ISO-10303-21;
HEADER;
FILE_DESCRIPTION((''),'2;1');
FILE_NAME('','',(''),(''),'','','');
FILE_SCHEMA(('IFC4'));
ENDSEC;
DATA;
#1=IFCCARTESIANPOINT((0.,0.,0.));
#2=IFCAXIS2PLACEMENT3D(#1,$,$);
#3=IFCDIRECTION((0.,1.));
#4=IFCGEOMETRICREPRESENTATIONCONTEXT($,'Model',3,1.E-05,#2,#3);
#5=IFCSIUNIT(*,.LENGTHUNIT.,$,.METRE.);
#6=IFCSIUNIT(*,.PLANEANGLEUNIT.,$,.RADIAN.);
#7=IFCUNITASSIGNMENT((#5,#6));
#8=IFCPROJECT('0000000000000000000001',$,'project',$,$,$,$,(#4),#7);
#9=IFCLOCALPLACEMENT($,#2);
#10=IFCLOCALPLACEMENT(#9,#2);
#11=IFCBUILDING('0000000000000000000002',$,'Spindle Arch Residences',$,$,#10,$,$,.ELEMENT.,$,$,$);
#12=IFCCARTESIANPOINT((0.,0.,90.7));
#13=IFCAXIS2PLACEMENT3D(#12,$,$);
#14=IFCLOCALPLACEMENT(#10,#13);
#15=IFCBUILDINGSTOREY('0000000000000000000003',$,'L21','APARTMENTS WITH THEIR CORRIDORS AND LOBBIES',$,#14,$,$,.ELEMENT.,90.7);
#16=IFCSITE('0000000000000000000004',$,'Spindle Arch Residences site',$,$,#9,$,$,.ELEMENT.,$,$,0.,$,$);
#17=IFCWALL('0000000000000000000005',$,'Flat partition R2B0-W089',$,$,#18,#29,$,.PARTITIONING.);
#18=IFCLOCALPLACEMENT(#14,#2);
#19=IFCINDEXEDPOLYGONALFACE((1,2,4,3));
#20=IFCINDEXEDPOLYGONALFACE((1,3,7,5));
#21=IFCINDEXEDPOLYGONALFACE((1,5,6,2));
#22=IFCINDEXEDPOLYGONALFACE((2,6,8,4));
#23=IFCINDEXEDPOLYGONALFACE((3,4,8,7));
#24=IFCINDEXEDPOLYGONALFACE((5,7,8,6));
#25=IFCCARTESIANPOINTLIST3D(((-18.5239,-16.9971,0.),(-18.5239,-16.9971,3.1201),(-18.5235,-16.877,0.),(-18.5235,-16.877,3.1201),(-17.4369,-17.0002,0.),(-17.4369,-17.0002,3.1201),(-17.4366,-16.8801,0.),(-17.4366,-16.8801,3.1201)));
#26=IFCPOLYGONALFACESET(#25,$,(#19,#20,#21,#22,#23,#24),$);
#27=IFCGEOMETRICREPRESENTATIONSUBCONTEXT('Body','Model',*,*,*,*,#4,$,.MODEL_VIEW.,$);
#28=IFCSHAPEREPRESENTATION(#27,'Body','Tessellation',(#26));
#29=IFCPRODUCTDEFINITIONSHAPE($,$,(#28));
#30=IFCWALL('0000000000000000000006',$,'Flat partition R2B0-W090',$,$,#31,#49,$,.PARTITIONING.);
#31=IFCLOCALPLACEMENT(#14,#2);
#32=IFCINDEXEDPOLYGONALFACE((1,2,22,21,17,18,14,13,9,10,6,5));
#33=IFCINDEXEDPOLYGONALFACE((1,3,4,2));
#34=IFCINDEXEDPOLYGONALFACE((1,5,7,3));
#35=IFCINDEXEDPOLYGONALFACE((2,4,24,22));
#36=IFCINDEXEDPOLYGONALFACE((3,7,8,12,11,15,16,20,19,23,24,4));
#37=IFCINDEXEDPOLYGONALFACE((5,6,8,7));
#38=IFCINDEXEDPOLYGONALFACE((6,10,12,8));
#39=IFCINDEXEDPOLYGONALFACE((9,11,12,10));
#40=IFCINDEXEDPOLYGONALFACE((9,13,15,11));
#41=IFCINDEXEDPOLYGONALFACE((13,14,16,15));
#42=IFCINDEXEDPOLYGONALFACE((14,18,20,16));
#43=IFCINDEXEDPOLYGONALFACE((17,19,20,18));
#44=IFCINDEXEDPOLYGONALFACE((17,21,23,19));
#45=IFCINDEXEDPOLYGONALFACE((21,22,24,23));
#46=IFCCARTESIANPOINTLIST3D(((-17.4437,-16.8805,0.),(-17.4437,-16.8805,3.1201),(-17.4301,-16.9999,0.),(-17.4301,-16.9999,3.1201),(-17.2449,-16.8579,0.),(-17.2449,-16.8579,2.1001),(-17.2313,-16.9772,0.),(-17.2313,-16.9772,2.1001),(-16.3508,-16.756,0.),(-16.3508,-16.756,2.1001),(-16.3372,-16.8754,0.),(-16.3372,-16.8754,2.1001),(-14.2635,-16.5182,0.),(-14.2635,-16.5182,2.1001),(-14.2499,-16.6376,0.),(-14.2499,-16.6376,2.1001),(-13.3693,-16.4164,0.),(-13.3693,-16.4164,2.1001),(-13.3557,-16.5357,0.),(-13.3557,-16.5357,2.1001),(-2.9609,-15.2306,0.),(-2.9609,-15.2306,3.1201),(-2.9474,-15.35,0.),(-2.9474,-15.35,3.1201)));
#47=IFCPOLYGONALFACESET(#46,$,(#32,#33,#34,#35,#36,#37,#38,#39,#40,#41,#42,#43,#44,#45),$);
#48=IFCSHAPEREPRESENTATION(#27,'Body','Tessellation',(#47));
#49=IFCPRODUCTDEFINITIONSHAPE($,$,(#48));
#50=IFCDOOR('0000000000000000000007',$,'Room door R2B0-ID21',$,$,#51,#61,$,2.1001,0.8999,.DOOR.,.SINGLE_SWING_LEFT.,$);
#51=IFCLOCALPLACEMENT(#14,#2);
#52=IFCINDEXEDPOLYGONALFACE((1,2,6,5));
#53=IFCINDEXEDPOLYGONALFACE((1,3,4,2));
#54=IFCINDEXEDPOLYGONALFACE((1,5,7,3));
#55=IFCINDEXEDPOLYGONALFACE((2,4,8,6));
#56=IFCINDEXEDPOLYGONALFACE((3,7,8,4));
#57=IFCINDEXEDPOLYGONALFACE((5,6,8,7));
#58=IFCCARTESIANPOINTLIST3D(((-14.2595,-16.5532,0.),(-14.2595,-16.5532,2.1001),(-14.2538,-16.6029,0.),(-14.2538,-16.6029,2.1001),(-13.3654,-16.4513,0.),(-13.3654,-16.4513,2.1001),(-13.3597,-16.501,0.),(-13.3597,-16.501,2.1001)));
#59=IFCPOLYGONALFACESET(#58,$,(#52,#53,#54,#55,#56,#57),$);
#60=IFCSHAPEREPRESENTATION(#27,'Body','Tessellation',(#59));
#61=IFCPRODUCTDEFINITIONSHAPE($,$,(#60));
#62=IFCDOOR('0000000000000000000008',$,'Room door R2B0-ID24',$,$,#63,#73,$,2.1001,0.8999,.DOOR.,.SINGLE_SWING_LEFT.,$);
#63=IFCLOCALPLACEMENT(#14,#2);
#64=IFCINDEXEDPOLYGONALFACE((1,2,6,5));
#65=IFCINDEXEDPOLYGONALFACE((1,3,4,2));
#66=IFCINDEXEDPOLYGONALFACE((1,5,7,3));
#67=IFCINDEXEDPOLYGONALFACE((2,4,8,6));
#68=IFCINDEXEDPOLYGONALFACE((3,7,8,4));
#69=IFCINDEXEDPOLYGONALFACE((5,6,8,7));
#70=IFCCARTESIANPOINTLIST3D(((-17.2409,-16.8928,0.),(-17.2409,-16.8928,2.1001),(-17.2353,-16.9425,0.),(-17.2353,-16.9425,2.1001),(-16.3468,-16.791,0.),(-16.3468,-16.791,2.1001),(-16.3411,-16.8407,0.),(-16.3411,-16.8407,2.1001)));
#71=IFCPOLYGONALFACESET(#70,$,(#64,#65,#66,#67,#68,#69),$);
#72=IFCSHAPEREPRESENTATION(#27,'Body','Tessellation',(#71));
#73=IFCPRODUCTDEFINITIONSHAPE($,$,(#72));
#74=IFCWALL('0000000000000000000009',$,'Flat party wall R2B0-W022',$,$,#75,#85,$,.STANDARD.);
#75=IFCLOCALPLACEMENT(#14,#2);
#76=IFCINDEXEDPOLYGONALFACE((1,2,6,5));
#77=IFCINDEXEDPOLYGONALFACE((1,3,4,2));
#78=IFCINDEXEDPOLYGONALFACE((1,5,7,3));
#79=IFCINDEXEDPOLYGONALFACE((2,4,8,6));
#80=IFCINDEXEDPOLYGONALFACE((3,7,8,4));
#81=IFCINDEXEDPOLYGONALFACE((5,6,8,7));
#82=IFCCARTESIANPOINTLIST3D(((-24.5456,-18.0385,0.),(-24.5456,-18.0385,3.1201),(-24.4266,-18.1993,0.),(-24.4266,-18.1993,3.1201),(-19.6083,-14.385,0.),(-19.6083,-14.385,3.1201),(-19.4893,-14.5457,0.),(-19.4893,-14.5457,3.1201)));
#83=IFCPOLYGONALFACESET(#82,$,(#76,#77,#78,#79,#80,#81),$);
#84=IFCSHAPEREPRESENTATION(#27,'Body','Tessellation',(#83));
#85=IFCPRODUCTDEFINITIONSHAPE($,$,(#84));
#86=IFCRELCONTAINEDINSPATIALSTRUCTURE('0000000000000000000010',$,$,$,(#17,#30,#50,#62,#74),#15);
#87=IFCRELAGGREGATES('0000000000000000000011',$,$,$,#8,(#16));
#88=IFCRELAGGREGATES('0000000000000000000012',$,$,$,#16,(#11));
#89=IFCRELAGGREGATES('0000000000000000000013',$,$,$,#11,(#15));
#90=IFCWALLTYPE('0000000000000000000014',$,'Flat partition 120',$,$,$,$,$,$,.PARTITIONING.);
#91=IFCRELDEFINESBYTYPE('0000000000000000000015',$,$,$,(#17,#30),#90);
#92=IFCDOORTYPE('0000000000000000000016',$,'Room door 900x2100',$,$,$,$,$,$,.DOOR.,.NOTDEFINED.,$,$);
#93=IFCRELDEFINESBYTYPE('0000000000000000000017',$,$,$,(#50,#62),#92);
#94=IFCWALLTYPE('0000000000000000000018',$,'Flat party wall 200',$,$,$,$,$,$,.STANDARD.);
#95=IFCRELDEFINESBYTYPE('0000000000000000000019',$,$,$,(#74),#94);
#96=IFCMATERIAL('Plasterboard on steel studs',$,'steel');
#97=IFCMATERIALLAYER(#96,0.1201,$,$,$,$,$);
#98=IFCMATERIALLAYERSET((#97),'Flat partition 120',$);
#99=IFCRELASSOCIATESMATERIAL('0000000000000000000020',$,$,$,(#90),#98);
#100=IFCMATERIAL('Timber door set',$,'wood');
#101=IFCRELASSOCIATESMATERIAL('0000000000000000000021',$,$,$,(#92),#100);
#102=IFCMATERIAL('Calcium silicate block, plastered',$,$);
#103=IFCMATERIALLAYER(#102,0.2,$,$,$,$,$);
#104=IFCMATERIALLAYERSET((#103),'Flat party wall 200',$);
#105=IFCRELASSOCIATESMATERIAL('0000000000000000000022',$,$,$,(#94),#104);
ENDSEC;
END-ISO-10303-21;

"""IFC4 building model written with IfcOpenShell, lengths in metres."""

from ifc_helpers import new_model, si_unit, direction, frame, frame_2d, origin, place, context, subcontext, project, spatial, rectangle, extrude, material, layer, layer_set, type_object, element, fill, save


model = new_model("IFC4")

# Units and contexts
model_context = context("Model", 3, precision=1e-05, world=origin(), true_north=direction((0.0, 1.0)))
body_context = subcontext(model_context, "Body", "Model", "MODEL_VIEW")
ifc_project = project(units=[si_unit("LENGTHUNIT", "METRE"), si_unit("PLANEANGLEUNIT", "RADIAN")], contexts=[model_context])

# Site, building, storey
site_placement = place(None, origin())
site = spatial("IfcSite", under=ifc_project, at=site_placement, Name="Spindle Arch Residences site", CompositionType="ELEMENT", RefElevation=0.0)
building_placement = place(site_placement, origin())
building = spatial("IfcBuilding", under=site, at=building_placement, Name="Spindle Arch Residences", CompositionType="ELEMENT")
storey_placement = place(building_placement, frame((0.0, 0.0, 90.7)))
storey = spatial("IfcBuildingStorey", under=building, at=storey_placement, Name="L21", Description="APARTMENTS WITH THEIR CORRIDORS AND LOBBIES", CompositionType="ELEMENT", Elevation=90.7)

# Shared definitions
ifc_material_1 = material(Name="Plasterboard on steel studs", Category="steel")
ifc_layer_1 = layer(ifc_material_1, 0.1201)
ifc_layer_set_1 = layer_set([ifc_layer_1], Name="Flat partition 120")
wall_type_1 = type_object("IfcWallType", Name="Flat partition 120", PredefinedType="PARTITIONING", material=ifc_layer_set_1)

# Shared definitions
ifc_material_2 = material(Name="Timber door set", Category="wood")
door_type = type_object("IfcDoorType", Name="Room door 900x2100", OperationType="NOTDEFINED", PredefinedType="DOOR", material=ifc_material_2)

# Wall
wall_1_placement = place(storey_placement, frame((-18.5237, -16.937, 0.0), z_axis=(0.0, 0.0, 1.0), x_axis=(0.999996, -0.00292, 0.0)))
element("IfcWall", 1, at=wall_1_placement, inside=storey, type_object=wall_type_1, Name="Flat partition R2B0-W089", PredefinedType="PARTITIONING", context=body_context, shape_type="SweptSolid", body=[
    extrude(rectangle(XDim=1.0869, YDim=0.1201, at=frame_2d((0.5435, 0.0))), origin(), (0.0, 0.0, 1.0), 3.1201),
])

# Wall, openings, doors
wall_2_placement = place(storey_placement, frame((-17.4368, -16.9402, 0.0), z_axis=(0.0, 0.0, 1.0), x_axis=(0.993573, 0.11319, 0.0)))
wall_2 = element("IfcWall", 2, at=wall_2_placement, inside=storey, type_object=wall_type_1, Name="Flat partition R2B0-W090", PredefinedType="PARTITIONING", context=body_context, shape_type="SweptSolid", body=[
    extrude(rectangle(XDim=14.5764, YDim=0.1201, at=frame_2d((7.2881, 0.0))), origin(), (0.0, 0.0, 1.0), 3.1201),
])
opening_1_placement = place(wall_2_placement, frame((3.2007, 0.0, 0.0)))
opening_1 = element("IfcOpeningElement", 3, at=opening_1_placement, cuts=wall_2, PredefinedType="OPENING", context=body_context, shape_type="SweptSolid", body=[
    extrude(rectangle(XDim=0.8999, YDim=2.1001, at=frame_2d((0.45, 1.05))), frame((0.0, 0.0701, 0.0), z_axis=(0.0, -1.0, 0.0), x_axis=(1.0, 0.0, 0.0)), (0.0, 0.0, 1.0), 0.1401),
])
opening_2_placement = place(wall_2_placement, frame((0.2, 0.0, 0.0)))
opening_2 = element("IfcOpeningElement", 4, at=opening_2_placement, cuts=wall_2, PredefinedType="OPENING", context=body_context, shape_type="SweptSolid", body=[
    extrude(rectangle(XDim=0.8999, YDim=2.1001, at=frame_2d((0.45, 1.05))), frame((0.0, 0.0701, 0.0), z_axis=(0.0, -1.0, 0.0), x_axis=(1.0, 0.0, 0.0)), (0.0, 0.0, 1.0), 0.1401),
])
door_1_placement = place(opening_1_placement, origin())
door_1 = element("IfcDoor", 5, at=door_1_placement, inside=storey, type_object=door_type, Name="Room door R2B0-ID21", OperationType="SINGLE_SWING_LEFT", OverallHeight=2.1001, OverallWidth=0.8999, PredefinedType="DOOR", context=body_context, shape_type="SweptSolid", body=[
    extrude(rectangle(XDim=0.8999, YDim=2.1001, at=frame_2d((0.45, 1.05))), frame((0.0, 0.0249, 0.0), z_axis=(0.0, -1.0, 0.0), x_axis=(1.0, 0.0, 0.0)), (0.0, 0.0, 1.0), 0.05),
])
fill(opening_1, door_1)
door_2_placement = place(opening_2_placement, origin())
door_2 = element("IfcDoor", 6, at=door_2_placement, inside=storey, type_object=door_type, Name="Room door R2B0-ID24", OperationType="SINGLE_SWING_LEFT", OverallHeight=2.1001, OverallWidth=0.8999, PredefinedType="DOOR", context=body_context, shape_type="SweptSolid", body=[
    extrude(rectangle(XDim=0.8999, YDim=2.1001, at=frame_2d((0.45, 1.05))), frame((0.0, 0.0249, 0.0), z_axis=(0.0, -1.0, 0.0), x_axis=(1.0, 0.0, 0.0)), (0.0, 0.0, 1.0), 0.05),
])
fill(opening_2, door_2)

# Wall
ifc_material_3 = material(Name="Calcium silicate block, plastered")
ifc_layer_2 = layer(ifc_material_3, 0.2)
ifc_layer_set_2 = layer_set([ifc_layer_2], Name="Flat party wall 200")
wall_type_2 = type_object("IfcWallType", Name="Flat party wall 200", PredefinedType="STANDARD", material=ifc_layer_set_2)
wall_3_placement = place(storey_placement, frame((-24.4861, -18.1189, 0.0), z_axis=(0.0, 0.0, 1.0), x_axis=(0.803842, 0.594842, 0.0)))
element("IfcWall", 7, at=wall_3_placement, inside=storey, type_object=wall_type_2, Name="Flat party wall R2B0-W022", PredefinedType="STANDARD", context=body_context, shape_type="SweptSolid", body=[
    extrude(rectangle(XDim=6.1421, YDim=0.2, at=frame_2d((3.071, 0.0))), origin(), (0.0, 0.0, 1.0), 3.1201),
])

save(model, "model.ifc")
